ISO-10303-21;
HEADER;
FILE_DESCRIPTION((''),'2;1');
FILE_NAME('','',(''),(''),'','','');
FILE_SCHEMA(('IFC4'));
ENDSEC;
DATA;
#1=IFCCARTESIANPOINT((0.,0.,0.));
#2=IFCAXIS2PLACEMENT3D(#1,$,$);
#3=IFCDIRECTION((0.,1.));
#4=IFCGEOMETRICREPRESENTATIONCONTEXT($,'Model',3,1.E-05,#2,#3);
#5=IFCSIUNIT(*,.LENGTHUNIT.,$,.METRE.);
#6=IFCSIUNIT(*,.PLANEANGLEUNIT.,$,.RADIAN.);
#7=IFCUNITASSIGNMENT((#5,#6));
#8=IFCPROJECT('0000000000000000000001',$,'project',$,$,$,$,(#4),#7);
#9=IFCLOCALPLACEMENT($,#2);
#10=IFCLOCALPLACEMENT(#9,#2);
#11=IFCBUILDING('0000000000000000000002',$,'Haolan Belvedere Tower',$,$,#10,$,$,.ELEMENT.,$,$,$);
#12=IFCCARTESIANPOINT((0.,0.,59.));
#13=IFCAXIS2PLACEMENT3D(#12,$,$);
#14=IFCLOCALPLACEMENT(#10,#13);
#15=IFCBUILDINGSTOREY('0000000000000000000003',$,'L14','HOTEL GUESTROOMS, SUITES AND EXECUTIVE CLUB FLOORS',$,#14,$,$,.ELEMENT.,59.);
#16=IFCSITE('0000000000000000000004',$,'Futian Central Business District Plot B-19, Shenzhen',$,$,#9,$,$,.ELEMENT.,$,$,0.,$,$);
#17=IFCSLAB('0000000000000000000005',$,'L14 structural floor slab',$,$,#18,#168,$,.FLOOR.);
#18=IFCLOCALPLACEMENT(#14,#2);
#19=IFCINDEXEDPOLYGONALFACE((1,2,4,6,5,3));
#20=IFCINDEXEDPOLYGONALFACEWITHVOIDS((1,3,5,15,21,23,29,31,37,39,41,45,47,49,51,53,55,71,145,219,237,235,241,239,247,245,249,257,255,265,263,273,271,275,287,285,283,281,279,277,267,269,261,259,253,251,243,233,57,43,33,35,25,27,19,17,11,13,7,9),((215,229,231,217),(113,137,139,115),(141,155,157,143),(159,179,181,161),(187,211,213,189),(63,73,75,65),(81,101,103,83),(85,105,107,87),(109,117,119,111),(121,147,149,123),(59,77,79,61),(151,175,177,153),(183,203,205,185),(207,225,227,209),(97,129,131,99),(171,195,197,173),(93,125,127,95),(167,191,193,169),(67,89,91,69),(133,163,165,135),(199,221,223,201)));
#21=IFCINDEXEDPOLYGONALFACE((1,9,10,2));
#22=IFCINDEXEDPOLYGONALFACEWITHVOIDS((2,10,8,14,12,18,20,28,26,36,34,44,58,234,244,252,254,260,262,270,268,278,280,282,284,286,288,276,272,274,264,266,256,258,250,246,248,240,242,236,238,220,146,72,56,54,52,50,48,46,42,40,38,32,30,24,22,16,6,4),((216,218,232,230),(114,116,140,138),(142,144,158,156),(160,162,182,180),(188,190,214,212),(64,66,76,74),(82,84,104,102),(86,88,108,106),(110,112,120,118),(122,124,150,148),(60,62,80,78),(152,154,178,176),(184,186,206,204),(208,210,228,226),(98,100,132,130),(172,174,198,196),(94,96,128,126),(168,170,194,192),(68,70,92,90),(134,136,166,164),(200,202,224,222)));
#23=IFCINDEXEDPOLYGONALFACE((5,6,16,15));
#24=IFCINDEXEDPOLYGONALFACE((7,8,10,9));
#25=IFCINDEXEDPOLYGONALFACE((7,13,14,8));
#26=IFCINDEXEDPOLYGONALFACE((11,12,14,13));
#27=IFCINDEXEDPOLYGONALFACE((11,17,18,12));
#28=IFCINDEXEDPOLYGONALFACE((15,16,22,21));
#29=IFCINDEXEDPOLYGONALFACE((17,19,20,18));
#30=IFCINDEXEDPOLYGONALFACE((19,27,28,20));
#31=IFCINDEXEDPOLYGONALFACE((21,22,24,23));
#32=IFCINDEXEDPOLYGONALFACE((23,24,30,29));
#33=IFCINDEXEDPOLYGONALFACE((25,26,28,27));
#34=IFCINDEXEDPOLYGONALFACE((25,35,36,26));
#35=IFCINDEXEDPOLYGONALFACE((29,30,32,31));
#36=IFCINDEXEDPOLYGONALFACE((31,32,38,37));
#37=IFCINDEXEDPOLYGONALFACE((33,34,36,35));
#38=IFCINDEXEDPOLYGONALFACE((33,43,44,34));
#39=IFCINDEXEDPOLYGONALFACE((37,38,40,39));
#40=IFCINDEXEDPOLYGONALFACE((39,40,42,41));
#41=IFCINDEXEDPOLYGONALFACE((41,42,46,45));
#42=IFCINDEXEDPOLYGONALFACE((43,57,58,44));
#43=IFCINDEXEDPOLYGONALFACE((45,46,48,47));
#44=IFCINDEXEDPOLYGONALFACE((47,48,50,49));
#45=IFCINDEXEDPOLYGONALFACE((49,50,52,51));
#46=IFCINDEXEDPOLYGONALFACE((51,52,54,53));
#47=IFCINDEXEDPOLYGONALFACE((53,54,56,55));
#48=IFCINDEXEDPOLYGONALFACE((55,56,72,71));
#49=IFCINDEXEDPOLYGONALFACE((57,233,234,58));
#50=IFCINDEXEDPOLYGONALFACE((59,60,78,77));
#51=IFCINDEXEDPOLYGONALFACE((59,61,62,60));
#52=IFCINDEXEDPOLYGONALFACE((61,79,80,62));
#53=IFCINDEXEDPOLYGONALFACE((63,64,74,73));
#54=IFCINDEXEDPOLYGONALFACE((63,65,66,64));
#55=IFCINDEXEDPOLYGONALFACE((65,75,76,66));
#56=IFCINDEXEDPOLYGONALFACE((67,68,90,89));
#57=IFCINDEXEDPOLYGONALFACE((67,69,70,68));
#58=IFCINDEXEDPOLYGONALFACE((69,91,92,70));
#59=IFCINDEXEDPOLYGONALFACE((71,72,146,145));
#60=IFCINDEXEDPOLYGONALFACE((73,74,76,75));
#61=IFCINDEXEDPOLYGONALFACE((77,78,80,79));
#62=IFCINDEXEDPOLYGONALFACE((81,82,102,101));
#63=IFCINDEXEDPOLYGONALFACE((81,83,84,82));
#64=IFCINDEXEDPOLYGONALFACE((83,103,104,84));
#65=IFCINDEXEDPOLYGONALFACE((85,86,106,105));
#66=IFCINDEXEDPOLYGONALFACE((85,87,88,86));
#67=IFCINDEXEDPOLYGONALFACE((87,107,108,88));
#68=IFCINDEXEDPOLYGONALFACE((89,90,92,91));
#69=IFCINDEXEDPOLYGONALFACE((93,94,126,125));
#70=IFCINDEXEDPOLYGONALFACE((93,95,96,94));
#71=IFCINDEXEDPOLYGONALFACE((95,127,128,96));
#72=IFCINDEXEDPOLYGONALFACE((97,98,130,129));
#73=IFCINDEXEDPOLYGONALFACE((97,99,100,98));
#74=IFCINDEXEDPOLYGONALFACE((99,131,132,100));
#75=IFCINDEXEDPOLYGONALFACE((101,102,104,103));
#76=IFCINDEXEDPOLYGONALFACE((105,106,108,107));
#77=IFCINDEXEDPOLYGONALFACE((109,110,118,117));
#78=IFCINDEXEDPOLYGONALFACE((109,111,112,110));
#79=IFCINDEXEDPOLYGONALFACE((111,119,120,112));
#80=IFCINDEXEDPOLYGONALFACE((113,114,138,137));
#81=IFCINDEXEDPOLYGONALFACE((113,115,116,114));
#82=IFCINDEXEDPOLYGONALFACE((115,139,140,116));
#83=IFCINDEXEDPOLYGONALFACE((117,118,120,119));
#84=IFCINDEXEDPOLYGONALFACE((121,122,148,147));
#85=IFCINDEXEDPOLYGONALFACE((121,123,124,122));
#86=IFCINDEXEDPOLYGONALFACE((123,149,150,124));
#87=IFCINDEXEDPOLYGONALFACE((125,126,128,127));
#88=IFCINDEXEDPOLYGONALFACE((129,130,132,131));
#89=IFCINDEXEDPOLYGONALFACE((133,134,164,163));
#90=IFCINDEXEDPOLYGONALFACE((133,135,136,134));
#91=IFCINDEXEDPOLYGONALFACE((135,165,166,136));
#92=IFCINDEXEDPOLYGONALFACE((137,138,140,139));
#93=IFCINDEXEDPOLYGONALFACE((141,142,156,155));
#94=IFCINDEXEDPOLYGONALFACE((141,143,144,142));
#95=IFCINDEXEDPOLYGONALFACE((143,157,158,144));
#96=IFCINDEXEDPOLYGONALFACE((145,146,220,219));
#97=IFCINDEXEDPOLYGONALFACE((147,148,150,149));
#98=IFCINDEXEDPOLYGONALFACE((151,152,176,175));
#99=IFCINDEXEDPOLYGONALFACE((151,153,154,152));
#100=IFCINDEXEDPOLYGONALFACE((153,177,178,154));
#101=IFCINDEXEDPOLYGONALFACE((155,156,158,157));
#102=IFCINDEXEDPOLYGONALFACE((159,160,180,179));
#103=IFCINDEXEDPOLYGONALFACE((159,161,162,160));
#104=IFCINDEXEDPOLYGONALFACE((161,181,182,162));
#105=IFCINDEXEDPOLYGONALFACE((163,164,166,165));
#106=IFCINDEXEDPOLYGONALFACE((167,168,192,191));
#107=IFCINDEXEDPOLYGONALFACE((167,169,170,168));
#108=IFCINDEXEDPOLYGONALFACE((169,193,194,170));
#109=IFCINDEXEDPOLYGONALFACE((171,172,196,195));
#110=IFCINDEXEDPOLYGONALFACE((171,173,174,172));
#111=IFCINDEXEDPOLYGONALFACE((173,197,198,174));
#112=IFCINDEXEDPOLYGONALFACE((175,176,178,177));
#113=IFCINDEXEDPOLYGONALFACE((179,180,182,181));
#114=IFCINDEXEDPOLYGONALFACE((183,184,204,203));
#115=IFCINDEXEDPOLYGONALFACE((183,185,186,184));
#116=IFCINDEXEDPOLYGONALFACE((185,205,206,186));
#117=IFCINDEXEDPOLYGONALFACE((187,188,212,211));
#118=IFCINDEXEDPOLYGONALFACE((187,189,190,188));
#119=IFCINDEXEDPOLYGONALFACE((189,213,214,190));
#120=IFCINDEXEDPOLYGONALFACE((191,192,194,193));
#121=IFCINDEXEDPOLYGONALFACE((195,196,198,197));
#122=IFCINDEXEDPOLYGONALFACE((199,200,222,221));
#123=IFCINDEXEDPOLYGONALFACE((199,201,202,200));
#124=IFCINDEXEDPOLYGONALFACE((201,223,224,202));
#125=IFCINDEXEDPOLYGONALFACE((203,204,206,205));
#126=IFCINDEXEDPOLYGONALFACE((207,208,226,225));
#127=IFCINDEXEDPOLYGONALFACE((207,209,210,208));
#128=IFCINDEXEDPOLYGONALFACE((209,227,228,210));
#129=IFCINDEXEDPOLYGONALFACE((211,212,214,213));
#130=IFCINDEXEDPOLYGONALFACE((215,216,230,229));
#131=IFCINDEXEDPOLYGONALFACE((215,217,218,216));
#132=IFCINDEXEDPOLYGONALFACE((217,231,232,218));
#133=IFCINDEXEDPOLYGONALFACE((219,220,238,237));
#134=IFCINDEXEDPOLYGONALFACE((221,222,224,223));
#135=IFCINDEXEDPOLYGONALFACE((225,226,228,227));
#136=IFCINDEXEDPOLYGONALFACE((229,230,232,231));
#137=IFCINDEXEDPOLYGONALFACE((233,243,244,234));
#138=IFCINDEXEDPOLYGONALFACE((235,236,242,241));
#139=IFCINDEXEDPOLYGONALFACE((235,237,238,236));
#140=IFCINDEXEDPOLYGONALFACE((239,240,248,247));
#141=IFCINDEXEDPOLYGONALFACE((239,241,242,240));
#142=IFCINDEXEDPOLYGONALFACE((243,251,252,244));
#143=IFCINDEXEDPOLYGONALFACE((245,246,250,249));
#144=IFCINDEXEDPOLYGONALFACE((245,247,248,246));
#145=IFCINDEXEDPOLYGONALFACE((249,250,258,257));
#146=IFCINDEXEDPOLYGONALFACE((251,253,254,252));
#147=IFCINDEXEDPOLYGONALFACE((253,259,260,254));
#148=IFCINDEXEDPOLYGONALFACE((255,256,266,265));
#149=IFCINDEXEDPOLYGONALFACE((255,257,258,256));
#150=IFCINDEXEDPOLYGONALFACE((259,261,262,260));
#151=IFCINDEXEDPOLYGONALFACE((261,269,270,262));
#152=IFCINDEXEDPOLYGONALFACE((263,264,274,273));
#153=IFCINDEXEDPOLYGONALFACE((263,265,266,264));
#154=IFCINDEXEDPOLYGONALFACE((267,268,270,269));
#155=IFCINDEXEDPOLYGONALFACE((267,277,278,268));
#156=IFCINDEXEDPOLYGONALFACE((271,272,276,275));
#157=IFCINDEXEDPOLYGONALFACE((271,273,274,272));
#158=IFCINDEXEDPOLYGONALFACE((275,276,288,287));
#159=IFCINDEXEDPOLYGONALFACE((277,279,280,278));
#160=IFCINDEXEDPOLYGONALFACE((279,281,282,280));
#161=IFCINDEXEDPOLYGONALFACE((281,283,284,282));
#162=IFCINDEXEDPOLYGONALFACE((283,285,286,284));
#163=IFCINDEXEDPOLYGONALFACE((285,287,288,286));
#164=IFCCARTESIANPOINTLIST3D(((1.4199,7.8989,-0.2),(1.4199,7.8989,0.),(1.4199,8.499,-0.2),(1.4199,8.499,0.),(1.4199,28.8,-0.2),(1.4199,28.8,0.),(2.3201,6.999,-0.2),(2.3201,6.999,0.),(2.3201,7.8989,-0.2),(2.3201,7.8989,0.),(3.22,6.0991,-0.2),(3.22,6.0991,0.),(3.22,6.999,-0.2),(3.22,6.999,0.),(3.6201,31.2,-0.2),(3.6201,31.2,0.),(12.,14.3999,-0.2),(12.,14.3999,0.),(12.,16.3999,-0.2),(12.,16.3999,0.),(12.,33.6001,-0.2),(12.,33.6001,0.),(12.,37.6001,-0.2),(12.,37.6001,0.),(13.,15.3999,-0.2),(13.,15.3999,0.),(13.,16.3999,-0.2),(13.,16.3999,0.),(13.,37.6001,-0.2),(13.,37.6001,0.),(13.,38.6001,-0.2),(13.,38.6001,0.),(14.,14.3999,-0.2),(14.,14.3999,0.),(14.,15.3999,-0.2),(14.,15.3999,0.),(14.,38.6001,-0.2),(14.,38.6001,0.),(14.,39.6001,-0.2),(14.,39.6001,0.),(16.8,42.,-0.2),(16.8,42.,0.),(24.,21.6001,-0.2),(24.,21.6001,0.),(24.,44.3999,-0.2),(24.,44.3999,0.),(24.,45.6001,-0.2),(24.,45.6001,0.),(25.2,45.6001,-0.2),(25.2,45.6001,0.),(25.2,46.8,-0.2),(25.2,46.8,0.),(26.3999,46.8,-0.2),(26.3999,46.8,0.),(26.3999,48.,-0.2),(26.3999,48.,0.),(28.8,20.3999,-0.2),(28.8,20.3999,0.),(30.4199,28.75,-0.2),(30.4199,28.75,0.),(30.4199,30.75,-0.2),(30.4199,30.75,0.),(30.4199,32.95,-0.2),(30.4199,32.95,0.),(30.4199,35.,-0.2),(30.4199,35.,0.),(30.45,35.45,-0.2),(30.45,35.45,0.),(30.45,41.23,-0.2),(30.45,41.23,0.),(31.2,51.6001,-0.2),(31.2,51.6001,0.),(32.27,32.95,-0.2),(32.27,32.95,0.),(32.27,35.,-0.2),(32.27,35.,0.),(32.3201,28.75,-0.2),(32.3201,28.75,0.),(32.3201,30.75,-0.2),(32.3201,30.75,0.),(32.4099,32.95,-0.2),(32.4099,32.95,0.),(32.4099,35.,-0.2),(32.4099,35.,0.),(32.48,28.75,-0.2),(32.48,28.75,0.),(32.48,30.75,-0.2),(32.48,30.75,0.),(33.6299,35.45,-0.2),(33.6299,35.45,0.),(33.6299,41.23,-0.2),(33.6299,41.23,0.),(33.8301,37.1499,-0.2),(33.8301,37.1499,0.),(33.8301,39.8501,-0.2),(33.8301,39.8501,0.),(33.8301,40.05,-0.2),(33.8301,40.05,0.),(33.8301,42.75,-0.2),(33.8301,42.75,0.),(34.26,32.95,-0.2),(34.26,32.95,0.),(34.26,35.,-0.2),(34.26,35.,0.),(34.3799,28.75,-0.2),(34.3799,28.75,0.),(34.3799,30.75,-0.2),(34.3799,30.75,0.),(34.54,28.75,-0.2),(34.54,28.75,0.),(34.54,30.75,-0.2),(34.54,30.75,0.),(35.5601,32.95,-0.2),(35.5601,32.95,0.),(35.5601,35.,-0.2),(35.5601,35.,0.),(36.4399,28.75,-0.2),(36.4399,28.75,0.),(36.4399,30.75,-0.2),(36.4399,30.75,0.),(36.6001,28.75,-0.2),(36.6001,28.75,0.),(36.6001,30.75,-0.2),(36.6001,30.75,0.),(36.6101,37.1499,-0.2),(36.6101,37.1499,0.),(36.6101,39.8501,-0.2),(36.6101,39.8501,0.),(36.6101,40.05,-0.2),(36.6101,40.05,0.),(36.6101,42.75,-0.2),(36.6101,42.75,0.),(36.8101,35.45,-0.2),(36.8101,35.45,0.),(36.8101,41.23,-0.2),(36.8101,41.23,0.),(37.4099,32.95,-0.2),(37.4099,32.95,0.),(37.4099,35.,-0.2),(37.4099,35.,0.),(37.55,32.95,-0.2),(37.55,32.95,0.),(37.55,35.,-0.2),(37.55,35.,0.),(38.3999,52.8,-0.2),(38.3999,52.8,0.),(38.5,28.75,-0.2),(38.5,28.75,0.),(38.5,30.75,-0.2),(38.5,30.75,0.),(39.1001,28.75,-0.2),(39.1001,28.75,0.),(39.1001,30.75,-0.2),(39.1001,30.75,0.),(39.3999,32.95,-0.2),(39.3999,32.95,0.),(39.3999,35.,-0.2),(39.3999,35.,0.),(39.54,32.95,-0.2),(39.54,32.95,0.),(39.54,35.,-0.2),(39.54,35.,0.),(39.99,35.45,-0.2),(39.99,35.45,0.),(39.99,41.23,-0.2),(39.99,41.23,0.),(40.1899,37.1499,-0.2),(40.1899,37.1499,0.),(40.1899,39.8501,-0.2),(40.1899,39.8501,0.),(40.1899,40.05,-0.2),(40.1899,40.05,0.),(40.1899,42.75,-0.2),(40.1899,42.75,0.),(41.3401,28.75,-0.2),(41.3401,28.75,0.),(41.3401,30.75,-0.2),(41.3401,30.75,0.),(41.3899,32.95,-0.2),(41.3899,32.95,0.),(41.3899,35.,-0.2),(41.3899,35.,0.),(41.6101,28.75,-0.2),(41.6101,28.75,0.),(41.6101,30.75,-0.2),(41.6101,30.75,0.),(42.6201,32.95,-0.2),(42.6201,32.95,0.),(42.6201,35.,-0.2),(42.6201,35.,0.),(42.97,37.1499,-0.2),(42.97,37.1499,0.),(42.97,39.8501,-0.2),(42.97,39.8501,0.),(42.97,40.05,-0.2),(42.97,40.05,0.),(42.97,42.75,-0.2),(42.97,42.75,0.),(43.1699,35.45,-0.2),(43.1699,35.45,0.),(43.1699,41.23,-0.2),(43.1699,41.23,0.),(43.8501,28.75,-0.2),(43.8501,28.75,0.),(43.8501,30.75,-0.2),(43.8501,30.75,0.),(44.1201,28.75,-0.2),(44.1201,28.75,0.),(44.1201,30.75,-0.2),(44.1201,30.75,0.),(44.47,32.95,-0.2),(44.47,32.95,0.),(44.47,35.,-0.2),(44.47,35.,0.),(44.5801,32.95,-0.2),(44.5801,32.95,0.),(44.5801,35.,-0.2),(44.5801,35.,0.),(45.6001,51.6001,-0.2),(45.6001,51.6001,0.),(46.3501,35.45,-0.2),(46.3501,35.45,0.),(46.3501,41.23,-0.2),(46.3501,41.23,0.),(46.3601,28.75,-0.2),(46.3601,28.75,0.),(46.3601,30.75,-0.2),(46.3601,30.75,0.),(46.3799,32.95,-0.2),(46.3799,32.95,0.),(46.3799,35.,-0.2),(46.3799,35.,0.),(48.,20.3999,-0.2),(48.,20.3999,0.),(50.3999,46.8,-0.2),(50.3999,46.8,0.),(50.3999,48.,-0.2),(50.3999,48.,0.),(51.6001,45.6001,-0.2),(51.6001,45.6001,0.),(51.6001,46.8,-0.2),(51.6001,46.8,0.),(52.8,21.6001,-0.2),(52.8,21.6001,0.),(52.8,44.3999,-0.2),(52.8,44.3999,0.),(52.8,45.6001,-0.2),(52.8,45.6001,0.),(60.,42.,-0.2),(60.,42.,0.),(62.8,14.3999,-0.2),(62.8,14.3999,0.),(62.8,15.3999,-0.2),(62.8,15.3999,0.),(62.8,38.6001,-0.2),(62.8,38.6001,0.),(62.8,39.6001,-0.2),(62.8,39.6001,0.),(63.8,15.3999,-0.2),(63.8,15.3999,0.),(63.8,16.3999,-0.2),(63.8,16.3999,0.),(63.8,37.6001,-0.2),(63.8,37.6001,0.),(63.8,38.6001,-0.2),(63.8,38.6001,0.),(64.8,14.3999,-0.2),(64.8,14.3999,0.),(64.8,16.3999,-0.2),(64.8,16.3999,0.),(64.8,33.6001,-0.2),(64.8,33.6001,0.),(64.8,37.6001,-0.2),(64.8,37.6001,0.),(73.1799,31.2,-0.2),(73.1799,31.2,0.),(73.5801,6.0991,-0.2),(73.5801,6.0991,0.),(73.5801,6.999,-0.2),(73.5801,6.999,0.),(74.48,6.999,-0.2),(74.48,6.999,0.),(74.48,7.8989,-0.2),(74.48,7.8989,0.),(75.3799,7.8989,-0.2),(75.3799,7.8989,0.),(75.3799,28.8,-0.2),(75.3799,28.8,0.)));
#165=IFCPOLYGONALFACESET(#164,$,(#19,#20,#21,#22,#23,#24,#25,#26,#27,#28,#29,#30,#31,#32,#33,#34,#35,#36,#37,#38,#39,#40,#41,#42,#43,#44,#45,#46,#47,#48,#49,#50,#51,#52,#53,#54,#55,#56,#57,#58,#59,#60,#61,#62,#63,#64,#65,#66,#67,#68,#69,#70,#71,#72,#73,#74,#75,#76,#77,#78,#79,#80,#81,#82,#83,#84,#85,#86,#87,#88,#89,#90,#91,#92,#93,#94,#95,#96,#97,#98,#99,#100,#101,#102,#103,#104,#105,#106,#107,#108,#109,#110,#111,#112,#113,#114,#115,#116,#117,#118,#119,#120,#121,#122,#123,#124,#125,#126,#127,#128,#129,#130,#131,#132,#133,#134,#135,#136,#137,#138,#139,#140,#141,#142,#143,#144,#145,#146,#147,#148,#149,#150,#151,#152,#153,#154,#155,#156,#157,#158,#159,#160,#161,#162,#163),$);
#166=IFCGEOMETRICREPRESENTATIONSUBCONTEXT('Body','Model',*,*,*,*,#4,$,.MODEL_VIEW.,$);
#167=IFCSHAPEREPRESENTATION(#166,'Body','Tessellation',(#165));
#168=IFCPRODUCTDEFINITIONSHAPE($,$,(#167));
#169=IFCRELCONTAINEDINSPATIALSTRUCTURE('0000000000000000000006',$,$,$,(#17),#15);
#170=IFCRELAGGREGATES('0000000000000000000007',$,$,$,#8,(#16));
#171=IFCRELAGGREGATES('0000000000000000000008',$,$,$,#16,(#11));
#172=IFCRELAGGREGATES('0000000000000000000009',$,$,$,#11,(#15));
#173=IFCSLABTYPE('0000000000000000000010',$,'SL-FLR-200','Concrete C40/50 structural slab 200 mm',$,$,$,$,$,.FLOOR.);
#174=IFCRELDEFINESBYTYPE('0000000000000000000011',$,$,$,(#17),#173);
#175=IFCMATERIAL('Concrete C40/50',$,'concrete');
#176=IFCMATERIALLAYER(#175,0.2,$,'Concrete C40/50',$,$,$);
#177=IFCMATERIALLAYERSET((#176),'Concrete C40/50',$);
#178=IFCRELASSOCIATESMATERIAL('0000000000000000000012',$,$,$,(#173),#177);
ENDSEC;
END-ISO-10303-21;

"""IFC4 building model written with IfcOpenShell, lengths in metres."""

from ifc_helpers import new_model, si_unit, direction, frame, origin, place, context, subcontext, project, spatial, polyline, outline, extrude, material, layer, layer_set, type_object, element, save


model = new_model("IFC4")

# Units and contexts
model_context = context("Model", 3, precision=1e-05, world=origin(), true_north=direction((0.0, 1.0)))
body_context = subcontext(model_context, "Body", "Model", "MODEL_VIEW")
ifc_project = project(units=[si_unit("LENGTHUNIT", "METRE"), si_unit("PLANEANGLEUNIT", "RADIAN")], contexts=[model_context])

# Site, building, storey
site_placement = place(None, origin())
site = spatial("IfcSite", under=ifc_project, at=site_placement, Name="Futian Central Business District Plot B-19, Shenzhen", CompositionType="ELEMENT", RefElevation=0.0)
building_placement = place(site_placement, origin())
building = spatial("IfcBuilding", under=site, at=building_placement, Name="Haolan Belvedere Tower", CompositionType="ELEMENT")
storey_placement = place(building_placement, frame((0.0, 0.0, 59.0)))
storey = spatial("IfcBuildingStorey", under=building, at=storey_placement, Name="L14", Description="HOTEL GUESTROOMS, SUITES AND EXECUTIVE CLUB FLOORS", CompositionType="ELEMENT", Elevation=59.0)

# Slab
ifc_material_1 = material(Name="Concrete C40/50", Category="concrete")
ifc_layer_1 = layer(ifc_material_1, 0.2, Name="Concrete C40/50")
ifc_layer_set_1 = layer_set([ifc_layer_1], Name="Concrete C40/50")
slab_type_1 = type_object("IfcSlabType", Name="SL-FLR-200", Description="Concrete C40/50 structural slab 200 mm", PredefinedType="FLOOR", material=ifc_layer_set_1)
slab_1_placement = place(storey_placement, frame((0.0, 0.0, -0.2)))
element("IfcSlab", 1, at=slab_1_placement, inside=storey, type_object=slab_type_1, Name="L14 structural floor slab", PredefinedType="FLOOR", context=body_context, shape_type="SweptSolid", body=[
    extrude(outline(polyline([(1.4199, 28.8), (1.4199, 8.499), (1.4199, 7.8989), (2.3201, 7.8989), (2.3201, 6.999), (3.22, 6.999), (3.22, 6.0991), (12.0, 14.3999), (12.0, 16.3999), (13.0, 16.3999), (13.0, 15.3999), (14.0, 15.3999), (14.0, 14.3999), (24.0, 21.6001), (28.8, 20.3999), (48.0, 20.3999), (52.8, 21.6001), (62.8, 14.3999), (62.8, 15.3999), (63.8, 15.3999), (63.8, 16.3999), (64.8, 16.3999), (64.8, 14.3999), (73.5801, 6.0991), (73.5801, 6.999), (74.48, 6.999), (74.48, 7.8989), (75.3799, 7.8989), (75.3799, 28.8), (73.1799, 31.2), (64.8, 33.6001), (64.8, 37.6001), (63.8, 37.6001), (63.8, 38.6001), (62.8, 38.6001), (62.8, 39.6001), (60.0, 42.0), (52.8, 44.3999), (52.8, 45.6001), (51.6001, 45.6001), (51.6001, 46.8), (50.3999, 46.8), (50.3999, 48.0), (45.6001, 51.6001), (38.3999, 52.8), (31.2, 51.6001), (26.3999, 48.0), (26.3999, 46.8), (25.2, 46.8), (25.2, 45.6001), (24.0, 45.6001), (24.0, 44.3999), (16.8, 42.0), (14.0, 39.6001), (14.0, 38.6001), (13.0, 38.6001), (13.0, 37.6001), (12.0, 37.6001), (12.0, 33.6001), (3.6201, 31.2), (1.4199, 28.8)]), holes=[polyline([(30.45, 41.23), (30.45, 35.45), (33.6299, 35.45), (33.6299, 41.23), (30.45, 41.23)]), polyline([(36.8101, 41.23), (36.8101, 35.45), (39.99, 35.45), (39.99, 41.23), (36.8101, 41.23)]), polyline([(43.1699, 41.23), (43.1699, 35.45), (46.3501, 35.45), (46.3501, 41.23), (43.1699, 41.23)]), polyline([(33.8301, 40.05), (36.6101, 40.05), (36.6101, 42.75), (33.8301, 42.75), (33.8301, 40.05)]), polyline([(33.8301, 37.1499), (36.6101, 37.1499), (36.6101, 39.8501), (33.8301, 39.8501), (33.8301, 37.1499)]), polyline([(40.1899, 40.05), (42.97, 40.05), (42.97, 42.75), (40.1899, 42.75), (40.1899, 40.05)]), polyline([(40.1899, 37.1499), (42.97, 37.1499), (42.97, 39.8501), (40.1899, 39.8501), (40.1899, 37.1499)]), polyline([(30.4199, 32.95), (32.27, 32.95), (32.27, 35.0), (30.4199, 35.0), (30.4199, 32.95)]), polyline([(32.4099, 32.95), (34.26, 32.95), (34.26, 35.0), (32.4099, 35.0), (32.4099, 32.95)]), polyline([(35.5601, 32.95), (37.4099, 32.95), (37.4099, 35.0), (35.5601, 35.0), (35.5601, 32.95)]), polyline([(37.55, 32.95), (39.3999, 32.95), (39.3999, 35.0), (37.55, 35.0), (37.55, 32.95)]), polyline([(39.54, 32.95), (41.3899, 32.95), (41.3899, 35.0), (39.54, 35.0), (39.54, 32.95)]), polyline([(42.6201, 32.95), (44.47, 32.95), (44.47, 35.0), (42.6201, 35.0), (42.6201, 32.95)]), polyline([(44.5801, 32.95), (46.3799, 32.95), (46.3799, 35.0), (44.5801, 35.0), (44.5801, 32.95)]), polyline([(30.4199, 28.75), (32.3201, 28.75), (32.3201, 30.75), (30.4199, 30.75), (30.4199, 28.75)]), polyline([(32.48, 28.75), (34.3799, 28.75), (34.3799, 30.75), (32.48, 30.75), (32.48, 28.75)]), polyline([(34.54, 28.75), (36.4399, 28.75), (36.4399, 30.75), (34.54, 30.75), (34.54, 28.75)]), polyline([(36.6001, 28.75), (38.5, 28.75), (38.5, 30.75), (36.6001, 30.75), (36.6001, 28.75)]), polyline([(39.1001, 28.75), (41.3401, 28.75), (41.3401, 30.75), (39.1001, 30.75), (39.1001, 28.75)]), polyline([(41.6101, 28.75), (43.8501, 28.75), (43.8501, 30.75), (41.6101, 30.75), (41.6101, 28.75)]), polyline([(44.1201, 28.75), (46.3601, 28.75), (46.3601, 30.75), (44.1201, 30.75), (44.1201, 28.75)])]), origin(), (0.0, 0.0, 1.0), 0.2),
])

save(model, "model.ifc")
